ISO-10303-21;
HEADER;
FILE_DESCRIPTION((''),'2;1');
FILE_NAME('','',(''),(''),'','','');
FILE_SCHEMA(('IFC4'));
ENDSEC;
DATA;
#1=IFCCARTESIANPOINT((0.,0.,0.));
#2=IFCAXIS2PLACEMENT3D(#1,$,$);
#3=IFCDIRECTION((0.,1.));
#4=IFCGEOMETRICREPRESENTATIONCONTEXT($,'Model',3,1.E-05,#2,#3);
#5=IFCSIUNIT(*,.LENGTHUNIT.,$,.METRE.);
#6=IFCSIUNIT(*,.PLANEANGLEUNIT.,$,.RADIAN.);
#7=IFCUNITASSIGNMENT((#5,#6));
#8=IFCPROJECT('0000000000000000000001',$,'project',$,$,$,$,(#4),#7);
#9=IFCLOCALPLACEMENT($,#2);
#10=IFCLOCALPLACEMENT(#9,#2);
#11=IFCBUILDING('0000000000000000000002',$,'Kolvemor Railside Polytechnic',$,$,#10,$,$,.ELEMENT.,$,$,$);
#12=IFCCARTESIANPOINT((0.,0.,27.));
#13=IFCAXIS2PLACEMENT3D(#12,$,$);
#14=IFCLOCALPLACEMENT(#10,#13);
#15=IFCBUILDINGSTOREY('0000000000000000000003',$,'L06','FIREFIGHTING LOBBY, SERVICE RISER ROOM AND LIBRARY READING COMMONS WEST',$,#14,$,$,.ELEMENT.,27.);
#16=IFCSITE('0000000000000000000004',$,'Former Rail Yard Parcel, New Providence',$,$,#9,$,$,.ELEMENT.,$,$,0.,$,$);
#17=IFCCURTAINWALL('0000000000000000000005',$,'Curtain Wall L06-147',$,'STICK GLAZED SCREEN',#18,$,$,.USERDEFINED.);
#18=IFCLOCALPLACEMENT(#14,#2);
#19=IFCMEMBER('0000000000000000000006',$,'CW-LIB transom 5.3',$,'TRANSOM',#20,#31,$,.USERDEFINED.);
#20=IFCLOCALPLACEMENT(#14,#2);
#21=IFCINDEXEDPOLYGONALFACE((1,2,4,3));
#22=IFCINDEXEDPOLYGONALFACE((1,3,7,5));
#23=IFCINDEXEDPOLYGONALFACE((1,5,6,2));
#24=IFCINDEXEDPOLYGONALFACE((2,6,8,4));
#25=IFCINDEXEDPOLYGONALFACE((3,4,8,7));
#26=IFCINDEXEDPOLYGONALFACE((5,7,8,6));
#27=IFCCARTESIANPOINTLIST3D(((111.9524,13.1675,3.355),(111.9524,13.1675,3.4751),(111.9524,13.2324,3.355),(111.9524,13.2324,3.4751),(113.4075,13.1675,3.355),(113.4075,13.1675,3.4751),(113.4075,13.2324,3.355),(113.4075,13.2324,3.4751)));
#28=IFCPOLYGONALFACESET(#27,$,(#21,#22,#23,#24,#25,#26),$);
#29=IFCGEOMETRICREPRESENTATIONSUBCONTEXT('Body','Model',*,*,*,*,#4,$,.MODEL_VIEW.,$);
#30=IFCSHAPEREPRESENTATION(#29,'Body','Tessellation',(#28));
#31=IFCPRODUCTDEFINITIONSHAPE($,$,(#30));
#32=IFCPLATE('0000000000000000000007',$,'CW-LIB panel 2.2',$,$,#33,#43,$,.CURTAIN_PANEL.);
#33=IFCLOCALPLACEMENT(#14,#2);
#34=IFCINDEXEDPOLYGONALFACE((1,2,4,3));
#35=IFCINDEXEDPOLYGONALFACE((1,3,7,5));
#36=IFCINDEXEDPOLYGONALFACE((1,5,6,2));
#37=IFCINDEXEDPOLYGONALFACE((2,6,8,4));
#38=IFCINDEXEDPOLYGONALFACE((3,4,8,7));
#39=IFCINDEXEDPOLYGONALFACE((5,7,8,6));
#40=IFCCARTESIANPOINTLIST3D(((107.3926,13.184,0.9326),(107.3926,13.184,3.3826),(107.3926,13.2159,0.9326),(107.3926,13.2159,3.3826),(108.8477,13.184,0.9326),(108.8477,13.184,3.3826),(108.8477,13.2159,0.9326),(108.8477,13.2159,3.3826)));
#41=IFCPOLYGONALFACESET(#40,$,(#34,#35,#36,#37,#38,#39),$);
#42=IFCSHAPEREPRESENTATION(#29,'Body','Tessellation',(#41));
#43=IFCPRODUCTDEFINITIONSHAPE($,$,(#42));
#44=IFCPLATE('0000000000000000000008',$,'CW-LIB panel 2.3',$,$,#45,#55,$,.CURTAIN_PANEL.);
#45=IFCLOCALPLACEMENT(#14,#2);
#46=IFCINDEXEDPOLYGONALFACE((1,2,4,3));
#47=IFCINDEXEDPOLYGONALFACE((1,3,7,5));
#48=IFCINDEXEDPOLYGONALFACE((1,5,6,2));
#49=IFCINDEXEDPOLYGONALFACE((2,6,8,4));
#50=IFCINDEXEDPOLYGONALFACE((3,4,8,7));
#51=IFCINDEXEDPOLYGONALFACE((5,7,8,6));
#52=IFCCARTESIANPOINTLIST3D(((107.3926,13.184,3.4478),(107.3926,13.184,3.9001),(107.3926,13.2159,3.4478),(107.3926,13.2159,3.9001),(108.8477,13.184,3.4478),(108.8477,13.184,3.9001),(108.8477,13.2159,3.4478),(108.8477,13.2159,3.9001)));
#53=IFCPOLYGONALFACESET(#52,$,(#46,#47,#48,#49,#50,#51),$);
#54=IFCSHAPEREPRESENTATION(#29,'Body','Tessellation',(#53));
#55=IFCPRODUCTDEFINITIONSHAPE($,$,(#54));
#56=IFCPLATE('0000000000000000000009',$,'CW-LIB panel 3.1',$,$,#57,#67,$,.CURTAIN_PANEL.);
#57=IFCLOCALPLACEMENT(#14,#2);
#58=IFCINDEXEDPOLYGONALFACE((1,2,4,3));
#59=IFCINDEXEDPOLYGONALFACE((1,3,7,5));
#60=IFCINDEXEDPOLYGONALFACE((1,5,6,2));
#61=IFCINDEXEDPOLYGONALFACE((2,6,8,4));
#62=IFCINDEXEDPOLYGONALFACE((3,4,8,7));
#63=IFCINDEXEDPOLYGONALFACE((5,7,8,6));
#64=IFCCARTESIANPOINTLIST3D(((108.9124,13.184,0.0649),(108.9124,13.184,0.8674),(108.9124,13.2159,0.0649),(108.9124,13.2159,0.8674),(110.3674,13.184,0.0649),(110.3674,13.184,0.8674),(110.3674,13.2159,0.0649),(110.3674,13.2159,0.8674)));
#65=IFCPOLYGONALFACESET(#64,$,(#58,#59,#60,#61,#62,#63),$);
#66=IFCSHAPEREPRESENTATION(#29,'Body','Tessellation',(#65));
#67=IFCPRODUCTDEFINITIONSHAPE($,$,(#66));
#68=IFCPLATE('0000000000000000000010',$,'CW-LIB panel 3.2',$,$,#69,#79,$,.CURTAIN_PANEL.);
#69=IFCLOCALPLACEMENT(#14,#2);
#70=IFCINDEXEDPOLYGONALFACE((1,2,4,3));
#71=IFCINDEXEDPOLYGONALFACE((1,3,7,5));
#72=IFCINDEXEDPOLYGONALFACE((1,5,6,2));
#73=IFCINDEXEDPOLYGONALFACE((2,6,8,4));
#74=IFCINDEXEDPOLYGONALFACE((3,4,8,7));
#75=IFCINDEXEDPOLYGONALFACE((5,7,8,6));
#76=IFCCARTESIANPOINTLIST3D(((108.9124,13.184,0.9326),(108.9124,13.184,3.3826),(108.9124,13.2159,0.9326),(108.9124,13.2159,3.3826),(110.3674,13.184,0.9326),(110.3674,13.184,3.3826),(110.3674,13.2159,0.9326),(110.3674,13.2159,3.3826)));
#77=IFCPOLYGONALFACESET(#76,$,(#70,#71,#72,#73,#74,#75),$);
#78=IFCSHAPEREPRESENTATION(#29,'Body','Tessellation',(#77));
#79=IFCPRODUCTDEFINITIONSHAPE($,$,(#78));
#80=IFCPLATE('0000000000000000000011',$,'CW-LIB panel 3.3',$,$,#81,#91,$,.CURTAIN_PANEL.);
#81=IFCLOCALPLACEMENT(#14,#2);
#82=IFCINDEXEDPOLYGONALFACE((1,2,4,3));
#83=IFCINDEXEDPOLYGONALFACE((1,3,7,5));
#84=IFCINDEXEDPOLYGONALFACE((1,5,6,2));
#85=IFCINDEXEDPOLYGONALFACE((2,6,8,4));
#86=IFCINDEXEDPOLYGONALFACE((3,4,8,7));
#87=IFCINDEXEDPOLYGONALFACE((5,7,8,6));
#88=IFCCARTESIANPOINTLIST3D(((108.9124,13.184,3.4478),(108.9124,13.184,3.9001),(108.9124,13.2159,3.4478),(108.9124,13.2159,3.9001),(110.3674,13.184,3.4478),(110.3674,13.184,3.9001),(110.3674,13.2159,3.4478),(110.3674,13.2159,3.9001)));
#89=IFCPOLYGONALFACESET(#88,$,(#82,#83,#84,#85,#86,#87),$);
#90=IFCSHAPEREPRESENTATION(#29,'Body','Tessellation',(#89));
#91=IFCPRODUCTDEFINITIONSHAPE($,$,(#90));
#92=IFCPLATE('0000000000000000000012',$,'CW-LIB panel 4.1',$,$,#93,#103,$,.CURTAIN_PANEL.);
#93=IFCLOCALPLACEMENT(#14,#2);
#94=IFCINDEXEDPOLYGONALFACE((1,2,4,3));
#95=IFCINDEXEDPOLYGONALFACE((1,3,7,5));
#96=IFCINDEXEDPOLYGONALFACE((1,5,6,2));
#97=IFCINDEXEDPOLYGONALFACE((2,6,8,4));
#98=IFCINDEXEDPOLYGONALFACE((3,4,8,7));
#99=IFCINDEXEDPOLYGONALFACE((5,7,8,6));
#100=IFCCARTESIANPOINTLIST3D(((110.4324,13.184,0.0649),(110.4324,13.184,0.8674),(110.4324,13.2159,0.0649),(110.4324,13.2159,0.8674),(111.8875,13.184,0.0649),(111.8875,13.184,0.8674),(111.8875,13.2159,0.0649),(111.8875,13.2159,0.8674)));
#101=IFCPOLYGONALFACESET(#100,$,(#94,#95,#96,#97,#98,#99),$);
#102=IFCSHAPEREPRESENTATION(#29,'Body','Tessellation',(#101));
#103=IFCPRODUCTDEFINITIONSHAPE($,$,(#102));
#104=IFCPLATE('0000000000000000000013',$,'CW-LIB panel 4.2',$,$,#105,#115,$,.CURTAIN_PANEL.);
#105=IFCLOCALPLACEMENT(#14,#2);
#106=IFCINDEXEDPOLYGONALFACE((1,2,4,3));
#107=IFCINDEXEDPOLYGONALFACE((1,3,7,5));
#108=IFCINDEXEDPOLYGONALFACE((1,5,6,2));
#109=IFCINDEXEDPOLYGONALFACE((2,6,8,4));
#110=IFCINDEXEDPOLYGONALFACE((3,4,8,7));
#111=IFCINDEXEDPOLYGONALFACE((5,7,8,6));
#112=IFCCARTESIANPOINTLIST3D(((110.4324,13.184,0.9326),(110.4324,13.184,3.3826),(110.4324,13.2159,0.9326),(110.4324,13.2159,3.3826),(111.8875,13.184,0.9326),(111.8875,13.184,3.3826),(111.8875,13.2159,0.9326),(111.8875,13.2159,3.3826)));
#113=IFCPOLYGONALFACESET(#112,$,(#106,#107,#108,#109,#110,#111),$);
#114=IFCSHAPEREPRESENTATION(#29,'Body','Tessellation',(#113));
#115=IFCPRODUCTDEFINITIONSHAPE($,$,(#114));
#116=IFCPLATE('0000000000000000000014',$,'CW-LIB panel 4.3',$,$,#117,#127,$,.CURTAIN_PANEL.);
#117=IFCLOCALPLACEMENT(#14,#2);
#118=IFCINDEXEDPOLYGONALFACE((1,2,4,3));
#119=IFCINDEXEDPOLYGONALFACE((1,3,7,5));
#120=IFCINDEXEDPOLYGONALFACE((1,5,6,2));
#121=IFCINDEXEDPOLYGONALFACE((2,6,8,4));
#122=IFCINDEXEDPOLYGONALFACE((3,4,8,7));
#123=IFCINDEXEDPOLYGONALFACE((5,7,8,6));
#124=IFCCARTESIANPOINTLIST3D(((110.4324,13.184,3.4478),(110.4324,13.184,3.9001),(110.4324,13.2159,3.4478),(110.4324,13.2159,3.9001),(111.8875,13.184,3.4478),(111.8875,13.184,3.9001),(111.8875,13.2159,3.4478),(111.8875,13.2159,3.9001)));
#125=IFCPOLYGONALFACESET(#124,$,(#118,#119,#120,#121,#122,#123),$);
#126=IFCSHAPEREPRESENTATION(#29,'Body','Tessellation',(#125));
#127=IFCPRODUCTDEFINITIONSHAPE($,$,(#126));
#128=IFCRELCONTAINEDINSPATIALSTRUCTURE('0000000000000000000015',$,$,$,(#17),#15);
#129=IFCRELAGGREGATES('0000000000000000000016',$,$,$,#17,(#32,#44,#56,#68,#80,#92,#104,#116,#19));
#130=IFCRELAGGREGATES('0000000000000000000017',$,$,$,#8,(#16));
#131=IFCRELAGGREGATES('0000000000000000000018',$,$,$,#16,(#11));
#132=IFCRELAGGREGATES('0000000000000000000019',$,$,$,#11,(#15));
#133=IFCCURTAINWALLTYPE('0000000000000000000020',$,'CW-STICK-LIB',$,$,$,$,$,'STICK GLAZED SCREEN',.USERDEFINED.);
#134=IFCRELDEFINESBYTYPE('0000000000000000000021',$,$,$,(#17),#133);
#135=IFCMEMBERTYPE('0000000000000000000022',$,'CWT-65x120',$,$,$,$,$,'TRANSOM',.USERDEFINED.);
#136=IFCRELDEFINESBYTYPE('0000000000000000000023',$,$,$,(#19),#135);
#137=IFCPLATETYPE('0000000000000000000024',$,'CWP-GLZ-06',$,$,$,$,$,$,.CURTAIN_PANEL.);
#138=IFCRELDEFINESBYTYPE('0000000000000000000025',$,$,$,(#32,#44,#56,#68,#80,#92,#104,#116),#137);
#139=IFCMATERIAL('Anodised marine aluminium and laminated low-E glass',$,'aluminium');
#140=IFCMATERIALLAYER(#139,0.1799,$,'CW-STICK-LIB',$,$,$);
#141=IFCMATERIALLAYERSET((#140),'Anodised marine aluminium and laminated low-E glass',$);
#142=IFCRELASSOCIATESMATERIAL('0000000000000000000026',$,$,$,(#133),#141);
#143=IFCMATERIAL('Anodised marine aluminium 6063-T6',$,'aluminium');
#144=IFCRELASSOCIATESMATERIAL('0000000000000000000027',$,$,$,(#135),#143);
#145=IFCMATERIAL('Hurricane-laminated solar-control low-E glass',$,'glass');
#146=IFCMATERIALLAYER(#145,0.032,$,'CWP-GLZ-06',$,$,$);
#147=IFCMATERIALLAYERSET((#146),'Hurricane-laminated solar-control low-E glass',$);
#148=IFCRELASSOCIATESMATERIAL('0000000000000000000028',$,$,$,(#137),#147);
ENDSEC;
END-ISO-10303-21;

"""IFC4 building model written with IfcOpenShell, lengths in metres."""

from ifc_helpers import new_model, si_unit, direction, frame, origin, origin_2d, place, context, subcontext, project, spatial, rectangle, extrude, material, layer, layer_set, material_profile, profile_set, type_object, element, aggregate, save


model = new_model("IFC4")

# Units and contexts
model_context = context("Model", 3, precision=1e-05, world=origin(), true_north=direction((0.0, 1.0)))
body_context = subcontext(model_context, "Body", "Model", "MODEL_VIEW")
ifc_project = project(units=[si_unit("LENGTHUNIT", "METRE"), si_unit("PLANEANGLEUNIT", "RADIAN")], contexts=[model_context])

# Site, building, storey
site_placement = place(None, origin())
site = spatial("IfcSite", under=ifc_project, at=site_placement, Name="Former Rail Yard Parcel, New Providence", CompositionType="ELEMENT", RefElevation=0.0)
building_placement = place(site_placement, origin())
building = spatial("IfcBuilding", under=site, at=building_placement, Name="Kolvemor Railside Polytechnic", CompositionType="ELEMENT")
storey_placement = place(building_placement, frame((0.0, 0.0, 27.0)))
storey = spatial("IfcBuildingStorey", under=building, at=storey_placement, Name="L06", Description="FIREFIGHTING LOBBY, SERVICE RISER ROOM AND LIBRARY READING COMMONS WEST", CompositionType="ELEMENT", Elevation=27.0)

# Curtain wall, member, plates
ifc_material_1 = material(Name="Anodised marine aluminium and laminated low-E glass", Category="aluminium")
ifc_layer_1 = layer(ifc_material_1, 0.1799, Name="CW-STICK-LIB")
ifc_layer_set_1 = layer_set([ifc_layer_1], Name="Anodised marine aluminium and laminated low-E glass")
curtain_wall_type = type_object("IfcCurtainWallType", Name="CW-STICK-LIB", ElementType="STICK GLAZED SCREEN", PredefinedType="USERDEFINED", material=ifc_layer_set_1)
curtain_wall_placement = place(storey_placement, origin())
curtain_wall = element("IfcCurtainWall", 1, at=curtain_wall_placement, inside=storey, type_object=curtain_wall_type, Name="Curtain Wall L06-147", ObjectType="STICK GLAZED SCREEN", PredefinedType="USERDEFINED")
ifc_material_2 = material(Name="Anodised marine aluminium 6063-T6", Category="aluminium")
ifc_material_profile_1 = material_profile(ifc_material_2, rectangle(XDim=0.0649, YDim=0.1201, at=origin_2d()), Name="CW-TRN-65x120")
ifc_profile_set_1 = profile_set([ifc_material_profile_1], Name="Anodised marine aluminium 6063-T6")
member_type_1 = type_object("IfcMemberType", Name="CWT-65x120", ElementType="TRANSOM", PredefinedType="USERDEFINED", material=ifc_profile_set_1)
member_1_placement = place(storey_placement, frame((111.9524, 13.2, 3.415), z_axis=(1.0, 0.0, 0.0), x_axis=(0.0, 1.0, 0.0)))
member_1 = element("IfcMember", 2, at=member_1_placement, type_object=member_type_1, Name="CW-LIB transom 5.3", ObjectType="TRANSOM", PredefinedType="USERDEFINED", context=body_context, shape_type="SweptSolid", body=[
    extrude(rectangle(XDim=0.0649, YDim=0.1201, at=origin_2d()), origin(), (0.0, 0.0, 1.0), 1.4551),
])
ifc_material_3 = material(Name="Hurricane-laminated solar-control low-E glass", Category="glass")
ifc_layer_2 = layer(ifc_material_3, 0.032, Name="CWP-GLZ-06")
ifc_layer_set_2 = layer_set([ifc_layer_2], Name="Hurricane-laminated solar-control low-E glass")
plate_type = type_object("IfcPlateType", Name="CWP-GLZ-06", PredefinedType="CURTAIN_PANEL", material=ifc_layer_set_2)
plate_1_placement = place(storey_placement, frame((108.1201, 13.2, 0.9326), z_axis=(0.0, 0.0, 1.0), x_axis=(1.0, 0.0, 0.0)))
plate_1 = element("IfcPlate", 3, at=plate_1_placement, type_object=plate_type, Name="CW-LIB panel 2.2", PredefinedType="CURTAIN_PANEL", context=body_context, shape_type="SweptSolid", body=[
    extrude(rectangle(XDim=1.4551, YDim=0.032, at=origin_2d()), origin(), (0.0, 0.0, 1.0), 2.45),
])
plate_2_placement = place(storey_placement, frame((108.1201, 13.2, 3.4478), z_axis=(0.0, 0.0, 1.0), x_axis=(1.0, 0.0, 0.0)))
plate_2 = element("IfcPlate", 4, at=plate_2_placement, type_object=plate_type, Name="CW-LIB panel 2.3", PredefinedType="CURTAIN_PANEL", context=body_context, shape_type="SweptSolid", body=[
    extrude(rectangle(XDim=1.4551, YDim=0.032, at=origin_2d()), origin(), (0.0, 0.0, 1.0), 0.4524),
])
plate_3_placement = place(storey_placement, frame((109.6399, 13.2, 0.0649), z_axis=(0.0, 0.0, 1.0), x_axis=(1.0, 0.0, 0.0)))
plate_3 = element("IfcPlate", 5, at=plate_3_placement, type_object=plate_type, Name="CW-LIB panel 3.1", PredefinedType="CURTAIN_PANEL", context=body_context, shape_type="SweptSolid", body=[
    extrude(rectangle(XDim=1.4551, YDim=0.032, at=origin_2d()), origin(), (0.0, 0.0, 1.0), 0.8025),
])
plate_4_placement = place(storey_placement, frame((109.6399, 13.2, 0.9326), z_axis=(0.0, 0.0, 1.0), x_axis=(1.0, 0.0, 0.0)))
plate_4 = element("IfcPlate", 6, at=plate_4_placement, type_object=plate_type, Name="CW-LIB panel 3.2", PredefinedType="CURTAIN_PANEL", context=body_context, shape_type="SweptSolid", body=[
    extrude(rectangle(XDim=1.4551, YDim=0.032, at=origin_2d()), origin(), (0.0, 0.0, 1.0), 2.45),
])
plate_5_placement = place(storey_placement, frame((109.6399, 13.2, 3.4478), z_axis=(0.0, 0.0, 1.0), x_axis=(1.0, 0.0, 0.0)))
plate_5 = element("IfcPlate", 7, at=plate_5_placement, type_object=plate_type, Name="CW-LIB panel 3.3", PredefinedType="CURTAIN_PANEL", context=body_context, shape_type="SweptSolid", body=[
    extrude(rectangle(XDim=1.4551, YDim=0.032, at=origin_2d()), origin(), (0.0, 0.0, 1.0), 0.4524),
])
plate_6_placement = place(storey_placement, frame((111.1599, 13.2, 0.0649), z_axis=(0.0, 0.0, 1.0), x_axis=(1.0, 0.0, 0.0)))
plate_6 = element("IfcPlate", 8, at=plate_6_placement, type_object=plate_type, Name="CW-LIB panel 4.1", PredefinedType="CURTAIN_PANEL", context=body_context, shape_type="SweptSolid", body=[
    extrude(rectangle(XDim=1.4551, YDim=0.032, at=origin_2d()), origin(), (0.0, 0.0, 1.0), 0.8025),
])
plate_7_placement = place(storey_placement, frame((111.1599, 13.2, 0.9326), z_axis=(0.0, 0.0, 1.0), x_axis=(1.0, 0.0, 0.0)))
plate_7 = element("IfcPlate", 9, at=plate_7_placement, type_object=plate_type, Name="CW-LIB panel 4.2", PredefinedType="CURTAIN_PANEL", context=body_context, shape_type="SweptSolid", body=[
    extrude(rectangle(XDim=1.4551, YDim=0.032, at=origin_2d()), origin(), (0.0, 0.0, 1.0), 2.45),
])
plate_8_placement = place(storey_placement, frame((111.1599, 13.2, 3.4478), z_axis=(0.0, 0.0, 1.0), x_axis=(1.0, 0.0, 0.0)))
plate_8 = element("IfcPlate", 10, at=plate_8_placement, type_object=plate_type, Name="CW-LIB panel 4.3", PredefinedType="CURTAIN_PANEL", context=body_context, shape_type="SweptSolid", body=[
    extrude(rectangle(XDim=1.4551, YDim=0.032, at=origin_2d()), origin(), (0.0, 0.0, 1.0), 0.4524),
])
aggregate(curtain_wall, [plate_1, plate_2, plate_3, plate_4, plate_5, plate_6, plate_7, plate_8, member_1])

save(model, "model.ifc")
